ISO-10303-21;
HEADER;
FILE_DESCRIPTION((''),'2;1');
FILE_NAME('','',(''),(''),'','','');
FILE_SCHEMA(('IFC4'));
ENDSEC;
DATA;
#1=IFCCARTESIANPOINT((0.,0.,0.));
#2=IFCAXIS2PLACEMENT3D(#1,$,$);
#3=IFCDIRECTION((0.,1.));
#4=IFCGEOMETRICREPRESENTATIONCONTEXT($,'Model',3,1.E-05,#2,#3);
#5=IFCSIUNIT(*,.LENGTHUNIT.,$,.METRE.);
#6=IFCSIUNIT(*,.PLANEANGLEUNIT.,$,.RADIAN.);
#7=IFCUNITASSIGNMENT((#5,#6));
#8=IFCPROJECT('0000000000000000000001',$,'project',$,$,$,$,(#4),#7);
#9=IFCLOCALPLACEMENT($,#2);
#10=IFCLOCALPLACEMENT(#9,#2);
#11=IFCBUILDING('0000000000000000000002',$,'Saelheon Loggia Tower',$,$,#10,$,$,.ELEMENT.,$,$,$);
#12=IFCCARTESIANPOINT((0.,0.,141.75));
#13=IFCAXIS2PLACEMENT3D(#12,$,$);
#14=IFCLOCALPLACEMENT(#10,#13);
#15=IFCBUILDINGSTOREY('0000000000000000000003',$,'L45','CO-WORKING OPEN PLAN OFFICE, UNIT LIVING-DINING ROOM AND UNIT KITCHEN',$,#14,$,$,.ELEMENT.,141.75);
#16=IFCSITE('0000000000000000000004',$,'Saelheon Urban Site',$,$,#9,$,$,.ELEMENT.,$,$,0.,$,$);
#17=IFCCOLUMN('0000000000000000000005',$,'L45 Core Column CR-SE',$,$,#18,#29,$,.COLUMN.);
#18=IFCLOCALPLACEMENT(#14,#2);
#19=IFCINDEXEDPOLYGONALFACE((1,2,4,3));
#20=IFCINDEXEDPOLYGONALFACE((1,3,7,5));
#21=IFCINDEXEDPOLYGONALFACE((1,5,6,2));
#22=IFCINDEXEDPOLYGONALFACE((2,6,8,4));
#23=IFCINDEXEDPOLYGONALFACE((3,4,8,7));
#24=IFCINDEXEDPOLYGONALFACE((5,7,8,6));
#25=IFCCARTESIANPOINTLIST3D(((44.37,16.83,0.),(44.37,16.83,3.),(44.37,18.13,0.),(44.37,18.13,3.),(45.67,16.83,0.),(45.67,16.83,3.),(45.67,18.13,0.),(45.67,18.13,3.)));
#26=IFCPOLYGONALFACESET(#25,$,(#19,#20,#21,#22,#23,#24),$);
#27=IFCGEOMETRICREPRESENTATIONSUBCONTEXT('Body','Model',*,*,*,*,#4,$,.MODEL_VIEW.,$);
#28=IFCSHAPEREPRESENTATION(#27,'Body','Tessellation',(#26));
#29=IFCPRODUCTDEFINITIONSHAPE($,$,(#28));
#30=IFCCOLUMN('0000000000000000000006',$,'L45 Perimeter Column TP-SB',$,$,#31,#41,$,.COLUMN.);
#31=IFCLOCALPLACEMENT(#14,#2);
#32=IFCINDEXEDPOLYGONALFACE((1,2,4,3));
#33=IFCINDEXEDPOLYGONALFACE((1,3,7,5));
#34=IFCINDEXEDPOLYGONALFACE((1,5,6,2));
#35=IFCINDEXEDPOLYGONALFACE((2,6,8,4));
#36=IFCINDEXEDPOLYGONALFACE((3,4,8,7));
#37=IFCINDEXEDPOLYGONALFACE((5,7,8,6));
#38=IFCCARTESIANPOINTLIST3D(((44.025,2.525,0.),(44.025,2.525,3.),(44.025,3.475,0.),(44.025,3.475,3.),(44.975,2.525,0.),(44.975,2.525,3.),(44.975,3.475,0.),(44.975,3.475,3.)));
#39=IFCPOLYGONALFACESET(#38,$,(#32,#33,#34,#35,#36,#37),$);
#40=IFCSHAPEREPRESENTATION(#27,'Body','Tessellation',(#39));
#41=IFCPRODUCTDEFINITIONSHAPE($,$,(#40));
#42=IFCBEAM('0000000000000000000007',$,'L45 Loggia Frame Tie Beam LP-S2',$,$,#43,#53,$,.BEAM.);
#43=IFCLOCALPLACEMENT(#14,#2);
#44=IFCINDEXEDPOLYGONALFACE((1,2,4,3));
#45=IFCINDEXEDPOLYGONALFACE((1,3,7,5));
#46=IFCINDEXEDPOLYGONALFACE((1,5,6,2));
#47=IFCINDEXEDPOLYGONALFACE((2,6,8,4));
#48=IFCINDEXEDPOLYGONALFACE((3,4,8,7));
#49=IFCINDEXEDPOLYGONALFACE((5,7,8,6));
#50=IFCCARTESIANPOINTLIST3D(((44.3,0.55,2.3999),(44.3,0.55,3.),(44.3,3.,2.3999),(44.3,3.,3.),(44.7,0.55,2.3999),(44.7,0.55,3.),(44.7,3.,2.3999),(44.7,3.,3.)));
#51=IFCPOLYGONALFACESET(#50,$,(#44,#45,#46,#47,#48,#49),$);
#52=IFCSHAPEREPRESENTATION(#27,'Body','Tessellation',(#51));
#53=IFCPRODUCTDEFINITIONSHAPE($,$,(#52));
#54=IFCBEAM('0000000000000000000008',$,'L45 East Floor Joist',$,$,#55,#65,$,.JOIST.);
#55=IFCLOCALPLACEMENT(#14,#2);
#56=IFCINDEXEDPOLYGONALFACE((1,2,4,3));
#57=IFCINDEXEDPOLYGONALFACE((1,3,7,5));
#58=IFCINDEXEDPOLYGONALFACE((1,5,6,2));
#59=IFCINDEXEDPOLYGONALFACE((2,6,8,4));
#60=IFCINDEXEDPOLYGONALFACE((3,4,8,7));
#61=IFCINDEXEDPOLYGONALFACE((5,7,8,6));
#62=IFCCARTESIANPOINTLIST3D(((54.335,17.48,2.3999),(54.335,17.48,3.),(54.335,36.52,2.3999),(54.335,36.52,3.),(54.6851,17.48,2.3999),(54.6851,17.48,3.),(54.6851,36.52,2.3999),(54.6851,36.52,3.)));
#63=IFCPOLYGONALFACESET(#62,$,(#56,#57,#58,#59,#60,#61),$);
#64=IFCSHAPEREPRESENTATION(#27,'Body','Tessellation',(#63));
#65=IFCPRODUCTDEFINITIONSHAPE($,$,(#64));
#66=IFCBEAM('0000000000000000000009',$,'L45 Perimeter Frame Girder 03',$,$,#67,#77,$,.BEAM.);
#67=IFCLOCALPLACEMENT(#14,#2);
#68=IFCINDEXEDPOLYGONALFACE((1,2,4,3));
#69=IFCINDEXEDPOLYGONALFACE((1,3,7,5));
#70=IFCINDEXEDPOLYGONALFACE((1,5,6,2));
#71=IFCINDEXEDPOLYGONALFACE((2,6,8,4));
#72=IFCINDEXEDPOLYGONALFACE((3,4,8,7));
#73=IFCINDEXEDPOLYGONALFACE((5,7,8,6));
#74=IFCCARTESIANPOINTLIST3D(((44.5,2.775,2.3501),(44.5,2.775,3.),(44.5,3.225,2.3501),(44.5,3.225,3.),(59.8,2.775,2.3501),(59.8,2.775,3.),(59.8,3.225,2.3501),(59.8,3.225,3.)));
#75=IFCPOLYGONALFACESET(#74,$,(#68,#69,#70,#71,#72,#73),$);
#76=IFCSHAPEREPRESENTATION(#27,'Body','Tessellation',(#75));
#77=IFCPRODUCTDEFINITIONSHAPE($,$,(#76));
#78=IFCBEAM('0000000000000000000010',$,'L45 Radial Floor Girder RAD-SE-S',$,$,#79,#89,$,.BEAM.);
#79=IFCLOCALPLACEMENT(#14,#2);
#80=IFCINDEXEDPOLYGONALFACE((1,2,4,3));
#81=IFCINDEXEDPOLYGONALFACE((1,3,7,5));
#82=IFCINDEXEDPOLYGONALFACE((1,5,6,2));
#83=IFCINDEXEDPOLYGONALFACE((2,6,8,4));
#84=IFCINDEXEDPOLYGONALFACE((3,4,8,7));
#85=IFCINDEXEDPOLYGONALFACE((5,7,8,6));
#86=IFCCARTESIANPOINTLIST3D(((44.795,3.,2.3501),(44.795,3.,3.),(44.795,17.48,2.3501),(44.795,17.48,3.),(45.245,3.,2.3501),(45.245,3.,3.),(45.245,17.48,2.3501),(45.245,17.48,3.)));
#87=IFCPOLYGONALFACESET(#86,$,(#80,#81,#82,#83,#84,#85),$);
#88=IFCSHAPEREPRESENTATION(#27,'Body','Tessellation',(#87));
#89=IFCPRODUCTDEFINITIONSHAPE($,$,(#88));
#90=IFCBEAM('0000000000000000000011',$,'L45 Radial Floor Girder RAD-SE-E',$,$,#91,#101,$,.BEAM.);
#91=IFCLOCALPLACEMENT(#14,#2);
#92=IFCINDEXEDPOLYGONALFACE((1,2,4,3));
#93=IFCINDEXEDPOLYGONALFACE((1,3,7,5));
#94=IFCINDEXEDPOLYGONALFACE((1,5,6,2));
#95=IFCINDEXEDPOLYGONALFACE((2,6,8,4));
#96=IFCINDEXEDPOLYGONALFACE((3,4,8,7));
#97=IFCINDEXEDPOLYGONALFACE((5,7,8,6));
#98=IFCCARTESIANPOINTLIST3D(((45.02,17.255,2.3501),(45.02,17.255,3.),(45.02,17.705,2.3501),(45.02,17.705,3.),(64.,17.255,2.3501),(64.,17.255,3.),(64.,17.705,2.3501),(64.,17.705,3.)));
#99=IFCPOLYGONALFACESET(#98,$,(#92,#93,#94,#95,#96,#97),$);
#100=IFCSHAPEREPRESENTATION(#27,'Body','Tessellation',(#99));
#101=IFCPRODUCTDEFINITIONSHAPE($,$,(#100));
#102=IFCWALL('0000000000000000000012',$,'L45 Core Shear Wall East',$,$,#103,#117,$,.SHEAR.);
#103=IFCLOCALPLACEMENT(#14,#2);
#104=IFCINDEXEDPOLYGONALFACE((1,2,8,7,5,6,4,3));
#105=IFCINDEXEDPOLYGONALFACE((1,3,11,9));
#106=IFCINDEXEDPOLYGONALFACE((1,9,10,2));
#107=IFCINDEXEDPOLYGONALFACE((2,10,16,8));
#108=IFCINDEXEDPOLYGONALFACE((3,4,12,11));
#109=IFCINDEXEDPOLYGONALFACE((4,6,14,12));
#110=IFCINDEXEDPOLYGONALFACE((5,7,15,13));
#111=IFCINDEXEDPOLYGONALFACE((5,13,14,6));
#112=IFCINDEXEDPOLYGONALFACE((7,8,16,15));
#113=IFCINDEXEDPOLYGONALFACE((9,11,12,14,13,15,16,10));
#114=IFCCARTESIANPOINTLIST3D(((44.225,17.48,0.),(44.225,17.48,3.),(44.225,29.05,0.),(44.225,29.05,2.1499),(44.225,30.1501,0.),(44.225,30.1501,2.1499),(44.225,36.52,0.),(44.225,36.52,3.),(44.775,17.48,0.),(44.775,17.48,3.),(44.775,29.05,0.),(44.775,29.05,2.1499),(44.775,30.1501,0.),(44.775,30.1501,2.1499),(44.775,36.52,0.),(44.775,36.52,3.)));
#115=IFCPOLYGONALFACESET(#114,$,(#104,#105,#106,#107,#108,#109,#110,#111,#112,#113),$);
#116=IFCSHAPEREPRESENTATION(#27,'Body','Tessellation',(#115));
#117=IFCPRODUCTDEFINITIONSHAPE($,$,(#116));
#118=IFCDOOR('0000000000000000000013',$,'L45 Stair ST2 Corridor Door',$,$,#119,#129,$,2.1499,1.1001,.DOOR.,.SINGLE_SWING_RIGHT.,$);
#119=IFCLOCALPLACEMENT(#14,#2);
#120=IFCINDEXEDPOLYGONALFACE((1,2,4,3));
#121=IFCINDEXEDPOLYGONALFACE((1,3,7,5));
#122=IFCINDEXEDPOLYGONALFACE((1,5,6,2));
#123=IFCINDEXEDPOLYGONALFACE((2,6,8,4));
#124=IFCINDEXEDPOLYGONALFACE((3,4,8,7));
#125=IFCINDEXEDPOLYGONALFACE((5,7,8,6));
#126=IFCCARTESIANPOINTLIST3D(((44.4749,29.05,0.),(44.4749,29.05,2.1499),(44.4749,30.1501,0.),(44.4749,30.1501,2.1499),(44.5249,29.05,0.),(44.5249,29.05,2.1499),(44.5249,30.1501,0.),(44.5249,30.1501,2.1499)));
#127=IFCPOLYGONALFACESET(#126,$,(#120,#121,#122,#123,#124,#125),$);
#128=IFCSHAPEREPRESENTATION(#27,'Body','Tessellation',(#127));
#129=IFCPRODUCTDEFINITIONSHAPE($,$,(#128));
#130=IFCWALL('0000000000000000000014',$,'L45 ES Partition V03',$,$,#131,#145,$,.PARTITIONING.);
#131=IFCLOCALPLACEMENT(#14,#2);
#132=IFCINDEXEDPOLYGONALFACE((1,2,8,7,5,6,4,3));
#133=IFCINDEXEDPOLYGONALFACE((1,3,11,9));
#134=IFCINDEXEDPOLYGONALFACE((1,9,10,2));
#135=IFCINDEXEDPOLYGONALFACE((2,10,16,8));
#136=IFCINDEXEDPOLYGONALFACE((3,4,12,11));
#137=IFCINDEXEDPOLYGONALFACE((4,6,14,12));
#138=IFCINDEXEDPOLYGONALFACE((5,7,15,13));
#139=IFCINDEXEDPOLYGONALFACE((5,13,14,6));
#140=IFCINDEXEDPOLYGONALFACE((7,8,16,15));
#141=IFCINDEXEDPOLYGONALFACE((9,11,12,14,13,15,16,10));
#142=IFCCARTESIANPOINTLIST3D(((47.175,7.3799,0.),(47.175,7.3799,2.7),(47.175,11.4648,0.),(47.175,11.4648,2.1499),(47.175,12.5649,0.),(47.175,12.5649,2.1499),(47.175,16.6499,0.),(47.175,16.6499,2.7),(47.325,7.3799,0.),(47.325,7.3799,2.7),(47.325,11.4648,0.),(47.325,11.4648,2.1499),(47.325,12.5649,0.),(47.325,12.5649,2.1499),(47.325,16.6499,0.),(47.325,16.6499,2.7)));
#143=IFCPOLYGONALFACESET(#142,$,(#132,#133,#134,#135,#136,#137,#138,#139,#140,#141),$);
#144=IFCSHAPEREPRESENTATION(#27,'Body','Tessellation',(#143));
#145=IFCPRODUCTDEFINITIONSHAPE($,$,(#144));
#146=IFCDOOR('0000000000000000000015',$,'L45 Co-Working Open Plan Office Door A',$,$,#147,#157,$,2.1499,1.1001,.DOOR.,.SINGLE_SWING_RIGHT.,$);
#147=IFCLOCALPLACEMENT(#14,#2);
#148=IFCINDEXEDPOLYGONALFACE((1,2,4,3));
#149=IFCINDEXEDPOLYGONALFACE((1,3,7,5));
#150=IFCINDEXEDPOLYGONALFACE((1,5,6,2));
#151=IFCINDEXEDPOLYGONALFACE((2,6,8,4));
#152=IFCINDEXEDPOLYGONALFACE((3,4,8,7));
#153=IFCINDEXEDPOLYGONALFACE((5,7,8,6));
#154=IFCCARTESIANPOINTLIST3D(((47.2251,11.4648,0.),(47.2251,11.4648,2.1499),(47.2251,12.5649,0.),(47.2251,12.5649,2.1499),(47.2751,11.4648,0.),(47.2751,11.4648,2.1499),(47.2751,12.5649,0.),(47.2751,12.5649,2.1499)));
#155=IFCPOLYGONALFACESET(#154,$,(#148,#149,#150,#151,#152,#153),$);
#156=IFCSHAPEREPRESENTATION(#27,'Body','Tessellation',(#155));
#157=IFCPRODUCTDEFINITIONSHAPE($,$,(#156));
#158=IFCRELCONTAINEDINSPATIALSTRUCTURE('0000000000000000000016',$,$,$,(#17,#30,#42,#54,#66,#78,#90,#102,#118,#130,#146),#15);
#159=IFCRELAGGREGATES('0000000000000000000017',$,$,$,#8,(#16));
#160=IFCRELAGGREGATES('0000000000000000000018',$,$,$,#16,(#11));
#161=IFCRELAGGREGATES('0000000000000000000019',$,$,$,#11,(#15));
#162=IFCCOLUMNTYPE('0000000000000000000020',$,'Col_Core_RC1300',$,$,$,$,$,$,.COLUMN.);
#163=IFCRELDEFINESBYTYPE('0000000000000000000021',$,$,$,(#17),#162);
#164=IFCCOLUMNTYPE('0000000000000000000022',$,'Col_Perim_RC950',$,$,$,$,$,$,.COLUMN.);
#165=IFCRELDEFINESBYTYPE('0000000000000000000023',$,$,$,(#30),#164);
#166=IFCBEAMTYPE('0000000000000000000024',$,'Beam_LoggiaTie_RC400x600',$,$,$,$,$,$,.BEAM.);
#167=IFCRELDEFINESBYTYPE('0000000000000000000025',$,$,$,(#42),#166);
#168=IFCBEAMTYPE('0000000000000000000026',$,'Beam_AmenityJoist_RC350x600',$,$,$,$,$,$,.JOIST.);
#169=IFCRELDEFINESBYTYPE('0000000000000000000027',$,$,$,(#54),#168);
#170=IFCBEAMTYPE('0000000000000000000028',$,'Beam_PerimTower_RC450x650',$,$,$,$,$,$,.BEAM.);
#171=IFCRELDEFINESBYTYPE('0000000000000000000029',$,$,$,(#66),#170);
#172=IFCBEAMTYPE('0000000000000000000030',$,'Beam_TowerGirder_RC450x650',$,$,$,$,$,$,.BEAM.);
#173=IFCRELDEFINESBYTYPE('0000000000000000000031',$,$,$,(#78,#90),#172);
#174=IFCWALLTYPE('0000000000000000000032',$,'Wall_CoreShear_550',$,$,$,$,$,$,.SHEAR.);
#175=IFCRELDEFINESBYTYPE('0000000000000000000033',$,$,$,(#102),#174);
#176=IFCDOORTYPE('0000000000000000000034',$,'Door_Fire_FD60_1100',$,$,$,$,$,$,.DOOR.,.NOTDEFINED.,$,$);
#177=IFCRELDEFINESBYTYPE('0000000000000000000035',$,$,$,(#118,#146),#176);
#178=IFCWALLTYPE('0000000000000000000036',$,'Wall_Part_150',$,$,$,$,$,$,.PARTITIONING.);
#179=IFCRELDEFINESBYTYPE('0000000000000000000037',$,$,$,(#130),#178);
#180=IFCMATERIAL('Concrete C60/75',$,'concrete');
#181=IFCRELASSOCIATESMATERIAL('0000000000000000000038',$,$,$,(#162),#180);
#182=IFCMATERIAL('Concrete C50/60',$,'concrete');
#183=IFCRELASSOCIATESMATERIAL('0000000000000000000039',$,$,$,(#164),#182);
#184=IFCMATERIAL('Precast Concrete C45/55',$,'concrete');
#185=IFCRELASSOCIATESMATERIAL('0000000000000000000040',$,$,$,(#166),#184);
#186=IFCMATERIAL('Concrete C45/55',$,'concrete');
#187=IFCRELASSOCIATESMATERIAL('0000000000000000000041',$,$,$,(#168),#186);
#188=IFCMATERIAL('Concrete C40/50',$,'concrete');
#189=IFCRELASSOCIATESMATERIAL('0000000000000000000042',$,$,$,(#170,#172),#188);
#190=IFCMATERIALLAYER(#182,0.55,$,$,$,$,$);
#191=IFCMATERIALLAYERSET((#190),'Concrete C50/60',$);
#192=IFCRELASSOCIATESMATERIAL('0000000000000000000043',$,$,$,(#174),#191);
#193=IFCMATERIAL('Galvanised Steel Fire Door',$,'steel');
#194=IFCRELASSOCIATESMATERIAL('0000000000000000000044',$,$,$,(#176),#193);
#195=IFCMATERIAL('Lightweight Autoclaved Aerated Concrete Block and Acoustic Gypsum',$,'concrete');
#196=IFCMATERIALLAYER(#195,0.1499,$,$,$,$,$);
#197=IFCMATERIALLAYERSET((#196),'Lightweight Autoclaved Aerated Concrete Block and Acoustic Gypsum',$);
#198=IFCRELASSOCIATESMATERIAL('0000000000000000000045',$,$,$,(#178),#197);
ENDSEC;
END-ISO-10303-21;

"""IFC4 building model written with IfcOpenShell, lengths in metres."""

from ifc_helpers import new_model, si_unit, direction, frame, frame_2d, origin, origin_2d, place, context, subcontext, project, spatial, rectangle, extrude, source, transform, mapped, material, layer, layer_set, material_profile, profile_set, type_object, element, fill, save


model = new_model("IFC4")

# Units and contexts
model_context = context("Model", 3, precision=1e-05, world=origin(), true_north=direction((0.0, 1.0)))
body_context = subcontext(model_context, "Body", "Model", "MODEL_VIEW")
ifc_project = project(units=[si_unit("LENGTHUNIT", "METRE"), si_unit("PLANEANGLEUNIT", "RADIAN")], contexts=[model_context])

# Site, building, storey
site_placement = place(None, origin())
site = spatial("IfcSite", under=ifc_project, at=site_placement, Name="Saelheon Urban Site", CompositionType="ELEMENT", RefElevation=0.0)
building_placement = place(site_placement, origin())
building = spatial("IfcBuilding", under=site, at=building_placement, Name="Saelheon Loggia Tower", CompositionType="ELEMENT")
storey_placement = place(building_placement, frame((0.0, 0.0, 141.75)))
storey = spatial("IfcBuildingStorey", under=building, at=storey_placement, Name="L45", Description="CO-WORKING OPEN PLAN OFFICE, UNIT LIVING-DINING ROOM AND UNIT KITCHEN", CompositionType="ELEMENT", Elevation=141.75)

# Columns
ifc_material_1 = material(Name="Concrete C60/75", Category="concrete")
ifc_material_profile_1 = material_profile(ifc_material_1, rectangle(XDim=1.3, YDim=1.3, at=origin_2d()), Name="RC-1300x1300")
ifc_profile_set_1 = profile_set([ifc_material_profile_1], Name="Concrete C60/75")
column_type_1 = type_object("IfcColumnType", Name="Col_Core_RC1300", PredefinedType="COLUMN", material=ifc_profile_set_1)
shared_shape_1 = source(origin(), body_context, "Body", "SweptSolid", [
    extrude(rectangle(XDim=1.3, YDim=1.3, at=origin_2d()), origin(), (0.0, 0.0, 1.0), 3.0),
])
column_1_placement = place(storey_placement, frame((45.02, 17.48, 0.0), z_axis=(0.0, 0.0, 1.0), x_axis=(1.0, 0.0, 0.0)))
element("IfcColumn", 1, at=column_1_placement, inside=storey, type_object=column_type_1, Name="L45 Core Column CR-SE", PredefinedType="COLUMN", context=body_context, shape_type="MappedRepresentation", body=[
    mapped(shared_shape_1, transform((0.0, 0.0, 0.0), scale=1.0)),
])
ifc_material_2 = material(Name="Concrete C50/60", Category="concrete")
ifc_material_profile_2 = material_profile(ifc_material_2, rectangle(XDim=0.95, YDim=0.95, at=origin_2d()), Name="RC-950x950")
ifc_profile_set_2 = profile_set([ifc_material_profile_2], Name="Concrete C50/60")
column_type_2 = type_object("IfcColumnType", Name="Col_Perim_RC950", PredefinedType="COLUMN", material=ifc_profile_set_2)
shared_shape_2 = source(origin(), body_context, "Body", "SweptSolid", [
    extrude(rectangle(XDim=0.95, YDim=0.95, at=origin_2d()), origin(), (0.0, 0.0, 1.0), 3.0),
])
column_2_placement = place(storey_placement, frame((44.5, 3.0, 0.0), z_axis=(0.0, 0.0, 1.0), x_axis=(1.0, 0.0, 0.0)))
element("IfcColumn", 2, at=column_2_placement, inside=storey, type_object=column_type_2, Name="L45 Perimeter Column TP-SB", PredefinedType="COLUMN", context=body_context, shape_type="MappedRepresentation", body=[
    mapped(shared_shape_2, transform((0.0, 0.0, 0.0), scale=1.0)),
])

# Beams
ifc_material_3 = material(Name="Precast Concrete C45/55", Category="concrete")
ifc_material_profile_3 = material_profile(ifc_material_3, rectangle(XDim=0.3999, YDim=0.6001, at=origin_2d()), Name="RC-400x600")
ifc_profile_set_3 = profile_set([ifc_material_profile_3], Name="Precast Concrete C45/55")
beam_type_1 = type_object("IfcBeamType", Name="Beam_LoggiaTie_RC400x600", PredefinedType="BEAM", material=ifc_profile_set_3)
shared_shape_3 = source(origin(), body_context, "Body", "SweptSolid", [
    extrude(rectangle(XDim=0.3999, YDim=0.6001, at=origin_2d()), origin(), (0.0, 0.0, 1.0), 2.45),
])
beam_1_placement = place(storey_placement, frame((44.5, 3.0, 2.7), z_axis=(0.0, -1.0, 0.0), x_axis=(1.0, 0.0, 0.0)))
element("IfcBeam", 3, at=beam_1_placement, inside=storey, type_object=beam_type_1, Name="L45 Loggia Frame Tie Beam LP-S2", PredefinedType="BEAM", context=body_context, shape_type="MappedRepresentation", body=[
    mapped(shared_shape_3, transform((0.0, 0.0, 0.0), scale=1.0)),
])
ifc_material_4 = material(Name="Concrete C45/55", Category="concrete")
ifc_material_profile_4 = material_profile(ifc_material_4, rectangle(XDim=0.3501, YDim=0.6001, at=origin_2d()), Name="RC-350x600")
ifc_profile_set_4 = profile_set([ifc_material_profile_4], Name="Concrete C45/55")
beam_type_2 = type_object("IfcBeamType", Name="Beam_AmenityJoist_RC350x600", PredefinedType="JOIST", material=ifc_profile_set_4)
shared_shape_4 = source(origin(), body_context, "Body", "SweptSolid", [
    extrude(rectangle(XDim=0.3501, YDim=0.6001, at=origin_2d()), origin(), (0.0, 0.0, 1.0), 19.04),
])
beam_2_placement = place(storey_placement, frame((54.51, 17.48, 2.7), z_axis=(0.0, 1.0, 0.0), x_axis=(-1.0, 0.0, 0.0)))
element("IfcBeam", 4, at=beam_2_placement, inside=storey, type_object=beam_type_2, Name="L45 East Floor Joist", PredefinedType="JOIST", context=body_context, shape_type="MappedRepresentation", body=[
    mapped(shared_shape_4, transform((0.0, 0.0, 0.0), scale=1.0)),
])
ifc_material_5 = material(Name="Concrete C40/50", Category="concrete")
ifc_material_profile_5 = material_profile(ifc_material_5, rectangle(XDim=0.45, YDim=0.6499, at=origin_2d()), Name="RC-450x650")
ifc_profile_set_5 = profile_set([ifc_material_profile_5], Name="Concrete C40/50")
beam_type_3 = type_object("IfcBeamType", Name="Beam_PerimTower_RC450x650", PredefinedType="BEAM", material=ifc_profile_set_5)
shared_shape_5 = source(origin(), body_context, "Body", "SweptSolid", [
    extrude(rectangle(XDim=0.45, YDim=0.6499, at=origin_2d()), origin(), (0.0, 0.0, 1.0), 15.3),
])
beam_3_placement = place(storey_placement, frame((44.5, 3.0, 2.675), z_axis=(1.0, 0.0, 0.0), x_axis=(0.0, 1.0, 0.0)))
element("IfcBeam", 5, at=beam_3_placement, inside=storey, type_object=beam_type_3, Name="L45 Perimeter Frame Girder 03", PredefinedType="BEAM", context=body_context, shape_type="MappedRepresentation", body=[
    mapped(shared_shape_5, transform((0.0, 0.0, 0.0), scale=1.0)),
])
ifc_material_profile_6 = material_profile(ifc_material_5, rectangle(XDim=0.45, YDim=0.6499, at=origin_2d()), Name="RC-450x650")
ifc_profile_set_6 = profile_set([ifc_material_profile_6], Name="Concrete C40/50")
beam_type_4 = type_object("IfcBeamType", Name="Beam_TowerGirder_RC450x650", PredefinedType="BEAM", material=ifc_profile_set_6)
shared_shape_6 = source(origin(), body_context, "Body", "SweptSolid", [
    extrude(rectangle(XDim=0.45, YDim=0.6499, at=origin_2d()), origin(), (0.0, 0.0, 1.0), 14.48),
])
beam_4_placement = place(storey_placement, frame((45.02, 17.48, 2.675), z_axis=(0.0, -1.0, 0.0), x_axis=(1.0, 0.0, 0.0)))
element("IfcBeam", 6, at=beam_4_placement, inside=storey, type_object=beam_type_4, Name="L45 Radial Floor Girder RAD-SE-S", PredefinedType="BEAM", context=body_context, shape_type="MappedRepresentation", body=[
    mapped(shared_shape_6, transform((0.0, 0.0, 0.0), scale=1.0)),
])
shared_shape_7 = source(origin(), body_context, "Body", "SweptSolid", [
    extrude(rectangle(XDim=0.45, YDim=0.6499, at=origin_2d()), origin(), (0.0, 0.0, 1.0), 18.98),
])
beam_5_placement = place(storey_placement, frame((45.02, 17.48, 2.675), z_axis=(1.0, 0.0, 0.0), x_axis=(0.0, 1.0, 0.0)))
element("IfcBeam", 7, at=beam_5_placement, inside=storey, type_object=beam_type_4, Name="L45 Radial Floor Girder RAD-SE-E", PredefinedType="BEAM", context=body_context, shape_type="MappedRepresentation", body=[
    mapped(shared_shape_7, transform((0.0, 0.0, 0.0), scale=1.0)),
])

# Walls, openings, doors
ifc_layer_1 = layer(ifc_material_2, 0.55)
ifc_layer_set_1 = layer_set([ifc_layer_1], Name="Concrete C50/60")
wall_type_1 = type_object("IfcWallType", Name="Wall_CoreShear_550", PredefinedType="SHEAR", material=ifc_layer_set_1)
wall_1_placement = place(storey_placement, frame((44.5, 17.48, 0.0), z_axis=(0.0, 0.0, 1.0), x_axis=(0.0, 1.0, 0.0)))
wall_1 = element("IfcWall", 8, at=wall_1_placement, inside=storey, type_object=wall_type_1, Name="L45 Core Shear Wall East", PredefinedType="SHEAR", context=body_context, shape_type="SweptSolid", body=[
    extrude(rectangle(XDim=19.04, YDim=0.55, at=frame_2d((9.52, 0.0))), origin(), (0.0, 0.0, 1.0), 3.0),
])
opening_1_placement = place(wall_1_placement, frame((12.6702, 0.0, 0.0), z_axis=(0.0, 0.0, 1.0), x_axis=(-1.0, 0.0, 0.0)))
opening_1 = element("IfcOpeningElement", 9, at=opening_1_placement, cuts=wall_1, PredefinedType="OPENING", context=body_context, shape_type="SweptSolid", body=[
    extrude(rectangle(XDim=1.1001, YDim=2.1499, at=frame_2d((0.55, 1.075))), frame((0.0, 0.2871, 0.0), z_axis=(0.0, -1.0, 0.0), x_axis=(1.0, 0.0, 0.0)), (0.0, 0.0, 1.0), 0.574),
])
ifc_material_6 = material(Name="Galvanised Steel Fire Door", Category="steel")
door_type = type_object("IfcDoorType", Name="Door_Fire_FD60_1100", OperationType="NOTDEFINED", PredefinedType="DOOR", material=ifc_material_6)
shared_shape_8 = source(origin(), body_context, "Body", "SweptSolid", [
    extrude(rectangle(XDim=1.1001, YDim=2.1499, at=frame_2d((0.55, 1.075))), frame((0.0, 0.0249, 0.0), z_axis=(0.0, -1.0, 0.0), x_axis=(1.0, 0.0, 0.0)), (0.0, 0.0, 1.0), 0.05),
])
door_1_placement = place(opening_1_placement, origin())
door_1 = element("IfcDoor", 10, at=door_1_placement, inside=storey, type_object=door_type, Name="L45 Stair ST2 Corridor Door", OperationType="SINGLE_SWING_RIGHT", OverallHeight=2.1499, OverallWidth=1.1001, PredefinedType="DOOR", context=body_context, shape_type="MappedRepresentation", body=[
    mapped(shared_shape_8, transform((0.0, 0.0, 0.0), scale=1.0)),
])
fill(opening_1, door_1)
ifc_material_7 = material(Name="Lightweight Autoclaved Aerated Concrete Block and Acoustic Gypsum", Category="concrete")
ifc_layer_2 = layer(ifc_material_7, 0.1499)
ifc_layer_set_2 = layer_set([ifc_layer_2], Name="Lightweight Autoclaved Aerated Concrete Block and Acoustic Gypsum")
wall_type_2 = type_object("IfcWallType", Name="Wall_Part_150", PredefinedType="PARTITIONING", material=ifc_layer_set_2)
wall_2_placement = place(storey_placement, frame((47.25, 7.3799, 0.0), z_axis=(0.0, 0.0, 1.0), x_axis=(0.0, 1.0, 0.0)))
wall_2 = element("IfcWall", 11, at=wall_2_placement, inside=storey, type_object=wall_type_2, Name="L45 ES Partition V03", PredefinedType="PARTITIONING", context=body_context, shape_type="SweptSolid", body=[
    extrude(rectangle(XDim=9.27, YDim=0.1499, at=frame_2d((4.635, 0.0))), origin(), (0.0, 0.0, 1.0), 2.7),
])
opening_2_placement = place(wall_2_placement, frame((4.085, 0.0, 0.0)))
opening_2 = element("IfcOpeningElement", 12, at=opening_2_placement, cuts=wall_2, PredefinedType="OPENING", context=body_context, shape_type="SweptSolid", body=[
    extrude(rectangle(XDim=1.1001, YDim=2.1499, at=frame_2d((0.55, 1.075))), frame((0.0, 0.0869, 0.0), z_axis=(0.0, -1.0, 0.0), x_axis=(1.0, 0.0, 0.0)), (0.0, 0.0, 1.0), 0.1738),
])
door_2_placement = place(opening_2_placement, origin())
door_2 = element("IfcDoor", 13, at=door_2_placement, inside=storey, type_object=door_type, Name="L45 Co-Working Open Plan Office Door A", OperationType="SINGLE_SWING_RIGHT", OverallHeight=2.1499, OverallWidth=1.1001, PredefinedType="DOOR", context=body_context, shape_type="MappedRepresentation", body=[
    mapped(shared_shape_8, transform((0.0, 0.0, 0.0), scale=1.0)),
])
fill(opening_2, door_2)

save(model, "model.ifc")
